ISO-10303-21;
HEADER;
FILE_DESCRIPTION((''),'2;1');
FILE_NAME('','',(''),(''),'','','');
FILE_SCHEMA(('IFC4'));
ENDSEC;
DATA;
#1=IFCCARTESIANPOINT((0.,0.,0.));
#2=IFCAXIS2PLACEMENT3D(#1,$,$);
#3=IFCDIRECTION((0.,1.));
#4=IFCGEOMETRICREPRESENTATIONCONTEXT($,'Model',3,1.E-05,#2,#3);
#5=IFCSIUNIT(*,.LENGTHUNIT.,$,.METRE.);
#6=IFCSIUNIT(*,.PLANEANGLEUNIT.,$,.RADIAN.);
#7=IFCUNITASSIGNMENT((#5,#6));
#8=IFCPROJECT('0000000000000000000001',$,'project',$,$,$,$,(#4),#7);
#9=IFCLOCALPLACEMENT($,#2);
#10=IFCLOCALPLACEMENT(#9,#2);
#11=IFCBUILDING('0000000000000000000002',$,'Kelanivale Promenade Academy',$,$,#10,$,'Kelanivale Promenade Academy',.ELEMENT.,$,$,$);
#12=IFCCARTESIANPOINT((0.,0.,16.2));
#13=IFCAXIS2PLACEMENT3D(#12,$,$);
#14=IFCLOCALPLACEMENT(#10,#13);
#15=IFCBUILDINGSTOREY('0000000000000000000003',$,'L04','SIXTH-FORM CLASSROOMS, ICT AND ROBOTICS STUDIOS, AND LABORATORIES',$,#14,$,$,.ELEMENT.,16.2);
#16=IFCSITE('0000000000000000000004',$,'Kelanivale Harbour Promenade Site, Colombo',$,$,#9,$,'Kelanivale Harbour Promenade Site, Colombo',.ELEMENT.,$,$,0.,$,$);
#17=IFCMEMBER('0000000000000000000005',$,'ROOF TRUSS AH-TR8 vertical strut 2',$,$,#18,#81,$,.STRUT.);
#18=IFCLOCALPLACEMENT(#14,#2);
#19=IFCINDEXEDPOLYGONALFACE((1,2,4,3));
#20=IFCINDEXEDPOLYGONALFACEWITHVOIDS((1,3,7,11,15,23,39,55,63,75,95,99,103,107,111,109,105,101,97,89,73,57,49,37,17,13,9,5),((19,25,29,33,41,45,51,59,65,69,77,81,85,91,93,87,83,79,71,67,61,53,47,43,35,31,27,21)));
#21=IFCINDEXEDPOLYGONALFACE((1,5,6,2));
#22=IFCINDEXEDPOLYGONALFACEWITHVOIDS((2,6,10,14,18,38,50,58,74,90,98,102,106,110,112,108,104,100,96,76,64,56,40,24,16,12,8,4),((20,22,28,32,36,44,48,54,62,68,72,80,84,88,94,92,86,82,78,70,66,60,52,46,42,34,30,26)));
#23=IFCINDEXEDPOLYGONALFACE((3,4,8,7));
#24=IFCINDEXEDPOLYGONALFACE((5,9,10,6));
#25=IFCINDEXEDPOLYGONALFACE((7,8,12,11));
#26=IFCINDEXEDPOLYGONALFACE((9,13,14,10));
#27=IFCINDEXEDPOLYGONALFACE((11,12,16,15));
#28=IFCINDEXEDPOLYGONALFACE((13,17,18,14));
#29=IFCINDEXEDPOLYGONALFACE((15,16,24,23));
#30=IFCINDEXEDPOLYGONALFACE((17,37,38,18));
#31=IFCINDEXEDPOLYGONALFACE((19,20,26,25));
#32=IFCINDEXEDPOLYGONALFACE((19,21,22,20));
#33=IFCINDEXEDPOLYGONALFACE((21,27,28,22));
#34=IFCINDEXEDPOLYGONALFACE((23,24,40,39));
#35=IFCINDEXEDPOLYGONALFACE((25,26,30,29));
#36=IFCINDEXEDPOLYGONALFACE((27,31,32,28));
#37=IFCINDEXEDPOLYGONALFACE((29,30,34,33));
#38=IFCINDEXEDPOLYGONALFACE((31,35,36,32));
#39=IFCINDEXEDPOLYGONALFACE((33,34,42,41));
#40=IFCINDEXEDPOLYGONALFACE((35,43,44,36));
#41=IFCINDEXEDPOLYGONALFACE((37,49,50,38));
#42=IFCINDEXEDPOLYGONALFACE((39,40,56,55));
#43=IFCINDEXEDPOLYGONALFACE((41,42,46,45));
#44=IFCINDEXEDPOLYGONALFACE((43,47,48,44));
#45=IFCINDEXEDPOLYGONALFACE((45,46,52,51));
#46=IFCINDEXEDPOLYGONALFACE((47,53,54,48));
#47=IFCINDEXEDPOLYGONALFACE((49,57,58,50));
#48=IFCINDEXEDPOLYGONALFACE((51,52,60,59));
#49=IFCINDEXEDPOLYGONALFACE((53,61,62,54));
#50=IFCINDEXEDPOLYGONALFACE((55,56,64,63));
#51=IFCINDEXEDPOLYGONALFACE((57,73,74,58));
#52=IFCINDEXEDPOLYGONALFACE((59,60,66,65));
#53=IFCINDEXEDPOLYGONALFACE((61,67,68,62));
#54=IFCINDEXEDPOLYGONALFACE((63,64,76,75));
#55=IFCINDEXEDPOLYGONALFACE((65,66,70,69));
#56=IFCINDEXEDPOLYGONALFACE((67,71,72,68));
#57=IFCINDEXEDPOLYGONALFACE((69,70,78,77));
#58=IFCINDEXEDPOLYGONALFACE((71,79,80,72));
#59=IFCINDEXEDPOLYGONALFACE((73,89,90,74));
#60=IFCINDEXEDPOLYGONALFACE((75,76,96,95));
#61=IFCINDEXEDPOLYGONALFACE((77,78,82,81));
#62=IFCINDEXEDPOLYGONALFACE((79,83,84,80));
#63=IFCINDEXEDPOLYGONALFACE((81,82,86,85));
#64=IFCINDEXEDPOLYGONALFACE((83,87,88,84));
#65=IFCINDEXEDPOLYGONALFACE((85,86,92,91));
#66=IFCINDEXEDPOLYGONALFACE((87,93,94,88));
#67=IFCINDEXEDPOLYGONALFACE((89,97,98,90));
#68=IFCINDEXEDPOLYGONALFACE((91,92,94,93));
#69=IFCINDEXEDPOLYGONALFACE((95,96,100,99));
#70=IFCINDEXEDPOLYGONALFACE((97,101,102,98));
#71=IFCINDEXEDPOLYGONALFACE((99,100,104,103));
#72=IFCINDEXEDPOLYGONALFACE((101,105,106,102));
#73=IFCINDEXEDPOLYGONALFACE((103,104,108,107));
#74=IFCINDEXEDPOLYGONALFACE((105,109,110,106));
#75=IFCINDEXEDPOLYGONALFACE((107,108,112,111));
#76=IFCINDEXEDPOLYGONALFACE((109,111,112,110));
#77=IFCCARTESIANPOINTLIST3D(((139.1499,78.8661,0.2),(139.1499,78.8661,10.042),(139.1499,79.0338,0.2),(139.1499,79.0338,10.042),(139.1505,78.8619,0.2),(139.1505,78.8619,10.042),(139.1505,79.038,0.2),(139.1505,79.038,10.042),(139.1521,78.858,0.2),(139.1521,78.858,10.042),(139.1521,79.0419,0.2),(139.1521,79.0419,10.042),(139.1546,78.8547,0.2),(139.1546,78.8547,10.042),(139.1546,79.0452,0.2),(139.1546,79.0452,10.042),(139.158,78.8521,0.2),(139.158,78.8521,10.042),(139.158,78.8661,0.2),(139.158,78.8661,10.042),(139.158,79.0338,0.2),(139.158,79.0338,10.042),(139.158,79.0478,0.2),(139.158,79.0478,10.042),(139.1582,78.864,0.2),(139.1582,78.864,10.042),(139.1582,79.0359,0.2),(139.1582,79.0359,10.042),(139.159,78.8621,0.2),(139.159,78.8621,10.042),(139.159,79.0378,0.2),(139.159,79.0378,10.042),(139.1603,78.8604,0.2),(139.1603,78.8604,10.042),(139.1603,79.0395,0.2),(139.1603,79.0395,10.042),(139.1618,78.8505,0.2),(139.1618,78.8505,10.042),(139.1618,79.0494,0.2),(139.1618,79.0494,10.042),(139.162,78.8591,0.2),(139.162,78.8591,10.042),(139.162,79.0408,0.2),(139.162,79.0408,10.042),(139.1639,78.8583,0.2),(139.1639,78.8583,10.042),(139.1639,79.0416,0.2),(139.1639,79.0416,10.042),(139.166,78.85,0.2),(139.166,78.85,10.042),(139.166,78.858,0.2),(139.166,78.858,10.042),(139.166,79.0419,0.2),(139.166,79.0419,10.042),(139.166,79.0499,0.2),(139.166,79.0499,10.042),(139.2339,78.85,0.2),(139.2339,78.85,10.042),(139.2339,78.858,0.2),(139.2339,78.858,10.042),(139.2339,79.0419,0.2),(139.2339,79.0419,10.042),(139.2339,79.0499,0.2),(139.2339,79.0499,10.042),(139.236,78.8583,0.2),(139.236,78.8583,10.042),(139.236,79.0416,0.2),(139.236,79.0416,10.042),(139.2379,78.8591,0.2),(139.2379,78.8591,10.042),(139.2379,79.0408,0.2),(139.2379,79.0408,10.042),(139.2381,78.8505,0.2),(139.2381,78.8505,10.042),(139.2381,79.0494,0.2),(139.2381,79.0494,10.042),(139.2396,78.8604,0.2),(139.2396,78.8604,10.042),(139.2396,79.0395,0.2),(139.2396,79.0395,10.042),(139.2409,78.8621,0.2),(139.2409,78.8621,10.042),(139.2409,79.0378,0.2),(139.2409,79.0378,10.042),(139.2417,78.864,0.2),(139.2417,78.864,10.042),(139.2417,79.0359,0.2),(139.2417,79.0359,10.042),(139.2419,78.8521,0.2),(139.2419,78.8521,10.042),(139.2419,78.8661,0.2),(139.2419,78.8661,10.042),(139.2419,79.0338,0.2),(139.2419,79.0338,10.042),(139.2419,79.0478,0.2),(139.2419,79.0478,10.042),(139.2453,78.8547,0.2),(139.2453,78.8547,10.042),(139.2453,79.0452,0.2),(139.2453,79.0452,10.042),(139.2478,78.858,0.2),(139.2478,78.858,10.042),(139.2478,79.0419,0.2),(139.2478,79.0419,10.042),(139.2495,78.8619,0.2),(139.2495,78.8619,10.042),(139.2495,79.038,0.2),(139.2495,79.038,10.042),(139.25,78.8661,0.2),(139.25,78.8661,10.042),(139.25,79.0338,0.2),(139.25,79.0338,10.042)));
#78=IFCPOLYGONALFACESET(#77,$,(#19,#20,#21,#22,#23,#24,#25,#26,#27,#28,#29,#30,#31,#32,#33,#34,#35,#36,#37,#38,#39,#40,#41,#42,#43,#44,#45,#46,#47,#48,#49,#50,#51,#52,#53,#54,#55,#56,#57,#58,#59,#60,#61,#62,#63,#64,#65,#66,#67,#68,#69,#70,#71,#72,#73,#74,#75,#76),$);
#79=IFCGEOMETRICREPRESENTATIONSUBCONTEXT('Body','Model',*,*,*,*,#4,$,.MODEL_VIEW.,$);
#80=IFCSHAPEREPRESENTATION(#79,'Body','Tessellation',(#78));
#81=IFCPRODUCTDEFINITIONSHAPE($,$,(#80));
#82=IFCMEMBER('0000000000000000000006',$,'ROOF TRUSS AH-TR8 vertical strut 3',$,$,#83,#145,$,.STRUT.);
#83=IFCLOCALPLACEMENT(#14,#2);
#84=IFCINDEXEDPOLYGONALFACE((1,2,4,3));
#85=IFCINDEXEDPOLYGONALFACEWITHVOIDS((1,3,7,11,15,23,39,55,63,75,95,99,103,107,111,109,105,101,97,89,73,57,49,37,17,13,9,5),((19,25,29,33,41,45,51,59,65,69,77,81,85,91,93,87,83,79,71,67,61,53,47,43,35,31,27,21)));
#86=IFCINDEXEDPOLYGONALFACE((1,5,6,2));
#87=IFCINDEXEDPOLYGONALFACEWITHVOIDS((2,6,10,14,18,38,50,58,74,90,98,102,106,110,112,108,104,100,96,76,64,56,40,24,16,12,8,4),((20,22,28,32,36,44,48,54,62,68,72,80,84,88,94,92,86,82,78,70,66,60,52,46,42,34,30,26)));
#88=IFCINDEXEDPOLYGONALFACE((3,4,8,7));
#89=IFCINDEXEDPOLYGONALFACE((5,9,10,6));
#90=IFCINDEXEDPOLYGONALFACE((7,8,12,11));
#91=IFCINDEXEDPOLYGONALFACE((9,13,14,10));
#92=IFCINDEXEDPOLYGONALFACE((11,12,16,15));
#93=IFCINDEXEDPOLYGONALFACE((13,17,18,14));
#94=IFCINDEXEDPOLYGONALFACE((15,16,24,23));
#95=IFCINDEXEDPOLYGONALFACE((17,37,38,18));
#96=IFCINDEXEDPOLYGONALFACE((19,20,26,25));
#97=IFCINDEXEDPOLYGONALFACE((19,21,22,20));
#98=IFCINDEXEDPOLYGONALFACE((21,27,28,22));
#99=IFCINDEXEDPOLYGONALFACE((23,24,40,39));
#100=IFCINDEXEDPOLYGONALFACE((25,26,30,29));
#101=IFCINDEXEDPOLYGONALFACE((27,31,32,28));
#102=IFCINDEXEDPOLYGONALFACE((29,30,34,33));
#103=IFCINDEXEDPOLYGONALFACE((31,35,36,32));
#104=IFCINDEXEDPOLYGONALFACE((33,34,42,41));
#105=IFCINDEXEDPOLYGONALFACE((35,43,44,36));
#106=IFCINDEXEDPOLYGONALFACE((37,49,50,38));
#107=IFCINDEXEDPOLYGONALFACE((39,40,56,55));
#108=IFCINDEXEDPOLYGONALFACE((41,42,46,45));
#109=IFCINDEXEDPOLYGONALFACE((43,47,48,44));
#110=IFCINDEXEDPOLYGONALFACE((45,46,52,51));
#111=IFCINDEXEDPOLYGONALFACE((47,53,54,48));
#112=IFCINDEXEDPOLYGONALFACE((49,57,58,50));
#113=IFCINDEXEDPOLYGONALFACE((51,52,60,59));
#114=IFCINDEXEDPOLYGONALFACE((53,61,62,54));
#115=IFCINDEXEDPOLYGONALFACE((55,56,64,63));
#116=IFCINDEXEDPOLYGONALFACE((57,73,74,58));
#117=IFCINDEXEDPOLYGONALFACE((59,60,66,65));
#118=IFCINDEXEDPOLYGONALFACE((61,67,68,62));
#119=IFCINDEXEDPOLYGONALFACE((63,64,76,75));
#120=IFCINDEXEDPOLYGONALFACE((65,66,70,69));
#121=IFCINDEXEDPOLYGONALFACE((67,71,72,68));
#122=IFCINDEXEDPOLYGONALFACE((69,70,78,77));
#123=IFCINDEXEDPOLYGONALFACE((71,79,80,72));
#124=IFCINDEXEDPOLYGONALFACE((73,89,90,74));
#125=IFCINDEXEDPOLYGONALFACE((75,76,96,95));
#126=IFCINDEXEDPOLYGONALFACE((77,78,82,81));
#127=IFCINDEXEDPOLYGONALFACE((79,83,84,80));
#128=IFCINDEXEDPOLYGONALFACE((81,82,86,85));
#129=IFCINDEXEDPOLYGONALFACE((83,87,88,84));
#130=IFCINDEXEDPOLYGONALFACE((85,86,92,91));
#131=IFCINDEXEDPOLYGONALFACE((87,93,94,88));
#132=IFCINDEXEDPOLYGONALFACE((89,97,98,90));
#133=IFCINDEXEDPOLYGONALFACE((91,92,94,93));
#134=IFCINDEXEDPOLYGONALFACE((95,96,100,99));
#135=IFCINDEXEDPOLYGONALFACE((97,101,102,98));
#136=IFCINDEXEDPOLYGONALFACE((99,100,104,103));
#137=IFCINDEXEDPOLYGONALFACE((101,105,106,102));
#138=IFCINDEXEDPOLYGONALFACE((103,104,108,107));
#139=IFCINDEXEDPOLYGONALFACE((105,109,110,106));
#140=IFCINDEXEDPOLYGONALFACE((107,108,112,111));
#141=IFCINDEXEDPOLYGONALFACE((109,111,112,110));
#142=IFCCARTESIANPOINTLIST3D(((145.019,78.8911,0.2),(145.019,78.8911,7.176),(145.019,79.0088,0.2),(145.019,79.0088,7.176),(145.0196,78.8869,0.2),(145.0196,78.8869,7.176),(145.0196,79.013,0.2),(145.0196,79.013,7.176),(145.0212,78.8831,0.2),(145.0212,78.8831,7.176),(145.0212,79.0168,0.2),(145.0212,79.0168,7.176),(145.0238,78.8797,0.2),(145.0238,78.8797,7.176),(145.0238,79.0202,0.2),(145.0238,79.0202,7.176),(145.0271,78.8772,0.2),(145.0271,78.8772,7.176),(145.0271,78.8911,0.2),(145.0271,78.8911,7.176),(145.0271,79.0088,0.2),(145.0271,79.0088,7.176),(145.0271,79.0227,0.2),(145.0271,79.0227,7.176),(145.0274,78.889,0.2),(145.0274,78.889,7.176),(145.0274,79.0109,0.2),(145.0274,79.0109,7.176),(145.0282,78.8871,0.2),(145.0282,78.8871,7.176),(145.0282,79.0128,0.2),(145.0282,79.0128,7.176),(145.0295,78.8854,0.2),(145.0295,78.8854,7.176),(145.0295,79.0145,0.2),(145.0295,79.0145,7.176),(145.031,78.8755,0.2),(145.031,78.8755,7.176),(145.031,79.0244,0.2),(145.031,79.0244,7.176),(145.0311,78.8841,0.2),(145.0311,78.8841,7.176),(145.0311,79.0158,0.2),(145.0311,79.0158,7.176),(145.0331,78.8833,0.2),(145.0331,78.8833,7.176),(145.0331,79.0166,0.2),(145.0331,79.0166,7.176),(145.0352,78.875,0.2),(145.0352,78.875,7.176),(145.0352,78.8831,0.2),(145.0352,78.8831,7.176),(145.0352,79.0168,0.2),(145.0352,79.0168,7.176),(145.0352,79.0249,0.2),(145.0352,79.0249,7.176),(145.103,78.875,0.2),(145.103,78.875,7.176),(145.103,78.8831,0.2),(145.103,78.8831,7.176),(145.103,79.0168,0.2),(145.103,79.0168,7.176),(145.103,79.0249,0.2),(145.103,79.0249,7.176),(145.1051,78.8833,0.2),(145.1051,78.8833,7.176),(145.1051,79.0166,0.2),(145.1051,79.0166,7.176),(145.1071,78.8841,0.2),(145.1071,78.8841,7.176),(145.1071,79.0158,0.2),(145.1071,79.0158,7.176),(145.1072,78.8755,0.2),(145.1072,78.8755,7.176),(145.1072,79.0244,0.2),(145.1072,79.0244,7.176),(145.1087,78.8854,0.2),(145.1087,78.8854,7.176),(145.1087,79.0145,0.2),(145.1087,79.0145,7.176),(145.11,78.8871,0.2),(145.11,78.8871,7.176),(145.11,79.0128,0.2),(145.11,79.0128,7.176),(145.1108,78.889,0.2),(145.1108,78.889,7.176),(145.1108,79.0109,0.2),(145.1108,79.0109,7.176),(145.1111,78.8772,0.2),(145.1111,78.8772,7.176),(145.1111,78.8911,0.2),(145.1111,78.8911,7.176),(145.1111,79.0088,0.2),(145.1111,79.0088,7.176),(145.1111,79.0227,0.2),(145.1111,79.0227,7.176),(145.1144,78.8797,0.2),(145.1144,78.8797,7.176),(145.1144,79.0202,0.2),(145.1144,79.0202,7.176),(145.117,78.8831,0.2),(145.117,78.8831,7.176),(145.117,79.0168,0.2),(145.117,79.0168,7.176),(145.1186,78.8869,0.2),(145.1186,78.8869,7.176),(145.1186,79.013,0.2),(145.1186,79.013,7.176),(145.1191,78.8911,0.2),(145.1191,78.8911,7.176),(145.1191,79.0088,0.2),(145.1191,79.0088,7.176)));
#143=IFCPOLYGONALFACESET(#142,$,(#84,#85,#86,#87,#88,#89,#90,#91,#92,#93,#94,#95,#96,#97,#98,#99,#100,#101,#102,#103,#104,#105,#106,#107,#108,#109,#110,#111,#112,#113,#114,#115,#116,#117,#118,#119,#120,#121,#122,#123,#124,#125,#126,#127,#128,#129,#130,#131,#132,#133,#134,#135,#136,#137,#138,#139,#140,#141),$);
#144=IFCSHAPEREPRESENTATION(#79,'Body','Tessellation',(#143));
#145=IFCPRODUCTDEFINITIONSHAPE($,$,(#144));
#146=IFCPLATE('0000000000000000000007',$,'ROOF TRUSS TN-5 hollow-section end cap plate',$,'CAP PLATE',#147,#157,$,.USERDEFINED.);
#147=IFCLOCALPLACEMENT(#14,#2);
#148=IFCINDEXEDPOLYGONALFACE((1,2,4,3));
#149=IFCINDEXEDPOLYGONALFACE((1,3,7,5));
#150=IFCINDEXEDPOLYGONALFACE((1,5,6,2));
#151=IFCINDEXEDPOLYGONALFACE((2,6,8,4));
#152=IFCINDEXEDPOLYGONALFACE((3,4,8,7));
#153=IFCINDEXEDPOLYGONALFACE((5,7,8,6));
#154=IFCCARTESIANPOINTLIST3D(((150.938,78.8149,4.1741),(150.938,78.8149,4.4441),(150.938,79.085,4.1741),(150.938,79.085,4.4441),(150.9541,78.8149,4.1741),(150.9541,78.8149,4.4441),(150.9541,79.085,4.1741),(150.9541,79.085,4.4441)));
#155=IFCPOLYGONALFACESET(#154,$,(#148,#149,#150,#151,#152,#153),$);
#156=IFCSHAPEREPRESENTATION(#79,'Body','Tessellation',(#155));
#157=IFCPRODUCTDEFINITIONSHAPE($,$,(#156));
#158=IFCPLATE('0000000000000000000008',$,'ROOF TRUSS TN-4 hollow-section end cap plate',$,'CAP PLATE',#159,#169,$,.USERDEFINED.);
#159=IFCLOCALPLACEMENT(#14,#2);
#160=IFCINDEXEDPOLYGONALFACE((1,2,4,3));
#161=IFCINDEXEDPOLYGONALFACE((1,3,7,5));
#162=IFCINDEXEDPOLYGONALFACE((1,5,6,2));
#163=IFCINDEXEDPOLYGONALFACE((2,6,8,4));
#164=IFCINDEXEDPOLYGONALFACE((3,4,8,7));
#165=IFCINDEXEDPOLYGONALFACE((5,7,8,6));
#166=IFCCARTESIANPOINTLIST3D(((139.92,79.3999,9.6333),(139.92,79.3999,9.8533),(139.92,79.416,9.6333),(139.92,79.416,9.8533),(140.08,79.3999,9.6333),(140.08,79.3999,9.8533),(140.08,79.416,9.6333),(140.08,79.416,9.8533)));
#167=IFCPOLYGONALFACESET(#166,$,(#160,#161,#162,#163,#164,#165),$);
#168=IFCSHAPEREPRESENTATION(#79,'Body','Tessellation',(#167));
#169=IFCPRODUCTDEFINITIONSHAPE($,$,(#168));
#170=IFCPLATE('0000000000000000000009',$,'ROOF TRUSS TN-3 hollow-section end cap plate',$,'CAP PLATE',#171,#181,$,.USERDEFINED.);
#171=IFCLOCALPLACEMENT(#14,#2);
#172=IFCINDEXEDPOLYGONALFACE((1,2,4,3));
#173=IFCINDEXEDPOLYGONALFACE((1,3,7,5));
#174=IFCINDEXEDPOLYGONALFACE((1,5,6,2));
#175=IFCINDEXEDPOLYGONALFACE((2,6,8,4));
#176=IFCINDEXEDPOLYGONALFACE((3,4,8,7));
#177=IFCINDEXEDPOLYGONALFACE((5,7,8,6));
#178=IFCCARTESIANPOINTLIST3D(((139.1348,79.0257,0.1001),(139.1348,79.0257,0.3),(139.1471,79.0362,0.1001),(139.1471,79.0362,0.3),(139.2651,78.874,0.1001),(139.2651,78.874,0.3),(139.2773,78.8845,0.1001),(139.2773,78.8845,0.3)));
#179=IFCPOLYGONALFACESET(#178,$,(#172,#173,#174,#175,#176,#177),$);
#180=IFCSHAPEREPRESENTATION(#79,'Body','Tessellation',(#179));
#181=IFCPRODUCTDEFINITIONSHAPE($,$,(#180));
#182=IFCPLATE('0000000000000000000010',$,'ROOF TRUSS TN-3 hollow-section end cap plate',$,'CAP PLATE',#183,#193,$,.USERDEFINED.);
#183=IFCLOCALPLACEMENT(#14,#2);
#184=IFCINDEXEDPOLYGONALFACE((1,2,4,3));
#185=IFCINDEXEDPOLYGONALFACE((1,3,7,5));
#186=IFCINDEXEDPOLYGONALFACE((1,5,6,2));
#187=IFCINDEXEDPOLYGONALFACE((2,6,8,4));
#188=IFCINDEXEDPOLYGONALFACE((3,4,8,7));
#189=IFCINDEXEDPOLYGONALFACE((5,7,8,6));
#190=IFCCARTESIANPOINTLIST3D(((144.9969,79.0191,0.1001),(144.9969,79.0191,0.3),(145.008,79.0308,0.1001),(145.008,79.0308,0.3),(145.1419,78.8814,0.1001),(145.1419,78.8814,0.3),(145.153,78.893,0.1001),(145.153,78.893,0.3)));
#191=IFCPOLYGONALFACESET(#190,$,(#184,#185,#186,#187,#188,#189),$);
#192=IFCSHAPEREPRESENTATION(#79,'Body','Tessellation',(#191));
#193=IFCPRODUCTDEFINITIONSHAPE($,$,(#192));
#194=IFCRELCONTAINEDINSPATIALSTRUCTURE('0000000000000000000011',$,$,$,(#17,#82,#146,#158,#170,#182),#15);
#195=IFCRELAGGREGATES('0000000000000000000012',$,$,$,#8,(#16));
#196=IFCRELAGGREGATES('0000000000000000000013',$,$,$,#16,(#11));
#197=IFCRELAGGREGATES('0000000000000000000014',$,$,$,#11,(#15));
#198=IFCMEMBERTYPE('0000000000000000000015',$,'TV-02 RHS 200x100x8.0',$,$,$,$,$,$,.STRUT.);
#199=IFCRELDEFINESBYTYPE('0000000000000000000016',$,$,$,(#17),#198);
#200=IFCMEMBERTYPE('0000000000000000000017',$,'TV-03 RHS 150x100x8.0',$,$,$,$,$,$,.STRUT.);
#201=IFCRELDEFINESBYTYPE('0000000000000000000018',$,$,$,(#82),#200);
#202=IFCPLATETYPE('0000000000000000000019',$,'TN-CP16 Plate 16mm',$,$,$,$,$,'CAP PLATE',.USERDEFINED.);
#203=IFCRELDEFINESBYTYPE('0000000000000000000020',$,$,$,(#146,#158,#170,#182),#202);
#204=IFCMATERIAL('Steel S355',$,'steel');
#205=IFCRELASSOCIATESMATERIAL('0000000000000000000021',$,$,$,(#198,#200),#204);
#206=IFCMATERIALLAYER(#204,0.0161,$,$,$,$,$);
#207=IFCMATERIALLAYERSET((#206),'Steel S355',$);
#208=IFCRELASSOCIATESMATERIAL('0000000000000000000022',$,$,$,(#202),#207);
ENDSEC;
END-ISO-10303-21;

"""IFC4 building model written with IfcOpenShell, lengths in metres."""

from ifc_helpers import new_model, si_unit, direction, frame, origin, origin_2d, place, context, subcontext, project, spatial, rectangle, hollow_rectangle, extrude, material, layer, layer_set, material_profile, profile_set, type_object, element, save


model = new_model("IFC4")

# Units and contexts
model_context = context("Model", 3, precision=1e-05, world=origin(), true_north=direction((0.0, 1.0)))
body_context = subcontext(model_context, "Body", "Model", "MODEL_VIEW")
ifc_project = project(units=[si_unit("LENGTHUNIT", "METRE"), si_unit("PLANEANGLEUNIT", "RADIAN")], contexts=[model_context])

# Site, building, storey
site_placement = place(None, origin())
site = spatial("IfcSite", under=ifc_project, at=site_placement, Name="Kelanivale Harbour Promenade Site, Colombo", LongName="Kelanivale Harbour Promenade Site, Colombo", CompositionType="ELEMENT", RefElevation=0.0)
building_placement = place(site_placement, origin())
building = spatial("IfcBuilding", under=site, at=building_placement, Name="Kelanivale Promenade Academy", LongName="Kelanivale Promenade Academy", CompositionType="ELEMENT")
storey_placement = place(building_placement, frame((0.0, 0.0, 16.2)))
storey = spatial("IfcBuildingStorey", under=building, at=storey_placement, Name="L04", Description="SIXTH-FORM CLASSROOMS, ICT AND ROBOTICS STUDIOS, AND LABORATORIES", CompositionType="ELEMENT", Elevation=16.2)

# Shared definitions
ifc_material_1 = material(Name="Steel S355", Category="steel")

# Members
ifc_material_profile_1 = material_profile(ifc_material_1, hollow_rectangle(XDim=0.1001, YDim=0.2, WallThickness=0.0081, InnerFilletRadius=0.0081, OuterFilletRadius=0.0161, at=origin_2d()), Name="RHS 200x100x8.0")
ifc_profile_set_1 = profile_set([ifc_material_profile_1], Name="Steel S355")
member_type_1 = type_object("IfcMemberType", Name="TV-02 RHS 200x100x8.0", PredefinedType="STRUT", material=ifc_profile_set_1)
member_1_placement = place(storey_placement, frame((139.2, 78.95, 0.2), z_axis=(0.0, 0.0, 1.0), x_axis=(1.0, 0.0, 0.0)))
element("IfcMember", 1, at=member_1_placement, inside=storey, type_object=member_type_1, Name="ROOF TRUSS AH-TR8 vertical strut 2", PredefinedType="STRUT", context=body_context, shape_type="SweptSolid", body=[
    extrude(hollow_rectangle(XDim=0.1001, YDim=0.2, WallThickness=0.0081, InnerFilletRadius=0.0081, OuterFilletRadius=0.0161, at=origin_2d()), origin(), (0.0, 0.0, 1.0), 9.842),
])
ifc_material_profile_2 = material_profile(ifc_material_1, hollow_rectangle(XDim=0.1001, YDim=0.1499, WallThickness=0.0081, InnerFilletRadius=0.0081, OuterFilletRadius=0.0161, at=origin_2d()), Name="RHS 150x100x8.0")
ifc_profile_set_2 = profile_set([ifc_material_profile_2], Name="Steel S355")
member_type_2 = type_object("IfcMemberType", Name="TV-03 RHS 150x100x8.0", PredefinedType="STRUT", material=ifc_profile_set_2)
member_2_placement = place(storey_placement, frame((145.0691, 78.95, 0.2), z_axis=(0.0, 0.0, 1.0), x_axis=(1.0, 0.0, 0.0)))
element("IfcMember", 2, at=member_2_placement, inside=storey, type_object=member_type_2, Name="ROOF TRUSS AH-TR8 vertical strut 3", PredefinedType="STRUT", context=body_context, shape_type="SweptSolid", body=[
    extrude(hollow_rectangle(XDim=0.1001, YDim=0.1499, WallThickness=0.0081, InnerFilletRadius=0.0081, OuterFilletRadius=0.0161, at=origin_2d()), origin(), (0.0, 0.0, 1.0), 6.9761),
])

# Plates
ifc_layer_1 = layer(ifc_material_1, 0.0161)
ifc_layer_set_1 = layer_set([ifc_layer_1], Name="Steel S355")
plate_type_1 = type_object("IfcPlateType", Name="TN-CP16 Plate 16mm", ElementType="CAP PLATE", PredefinedType="USERDEFINED", material=ifc_layer_set_1)
plate_1_placement = place(storey_placement, frame((150.946, 78.95, 4.1741), z_axis=(0.0, 0.0, 1.0), x_axis=(1.0, 0.0, 0.0)))
element("IfcPlate", 3, at=plate_1_placement, inside=storey, type_object=plate_type_1, Name="ROOF TRUSS TN-5 hollow-section end cap plate", ObjectType="CAP PLATE", PredefinedType="USERDEFINED", context=body_context, shape_type="SweptSolid", body=[
    extrude(rectangle(XDim=0.0161, YDim=0.27, at=origin_2d()), origin(), (0.0, 0.0, 1.0), 0.27),
])
plate_2_placement = place(storey_placement, frame((140.0, 79.408, 9.6333), z_axis=(0.0, 0.0, 1.0), x_axis=(0.0, 1.0, 0.0)))
element("IfcPlate", 4, at=plate_2_placement, inside=storey, type_object=plate_type_1, Name="ROOF TRUSS TN-4 hollow-section end cap plate", ObjectType="CAP PLATE", PredefinedType="USERDEFINED", context=body_context, shape_type="SweptSolid", body=[
    extrude(rectangle(XDim=0.0161, YDim=0.1599, at=origin_2d()), origin(), (0.0, 0.0, 1.0), 0.22),
])
for number, where, z_axis, x_axis, name in (
    (5, (139.2061, 78.9551, 0.1001), (0.0, 0.0, 1.0), (0.758817, 0.651304, 0.0), "ROOF TRUSS TN-3 hollow-section end cap plate"),
    (6, (145.075, 78.9561, 0.1001), (0.0, 0.0, 1.0), (0.688734, 0.725014, 0.0), "ROOF TRUSS TN-3 hollow-section end cap plate"),
):
    element("IfcPlate", number, at=place(storey_placement, frame(where, z_axis=z_axis, x_axis=x_axis)), inside=storey, type_object=plate_type_1, Name=name, ObjectType="CAP PLATE", PredefinedType="USERDEFINED", context=body_context, shape_type="SweptSolid", body=[
        extrude(rectangle(XDim=0.0161, YDim=0.2, at=origin_2d()), origin(), (0.0, 0.0, 1.0), 0.2),
    ])

save(model, "model.ifc")
